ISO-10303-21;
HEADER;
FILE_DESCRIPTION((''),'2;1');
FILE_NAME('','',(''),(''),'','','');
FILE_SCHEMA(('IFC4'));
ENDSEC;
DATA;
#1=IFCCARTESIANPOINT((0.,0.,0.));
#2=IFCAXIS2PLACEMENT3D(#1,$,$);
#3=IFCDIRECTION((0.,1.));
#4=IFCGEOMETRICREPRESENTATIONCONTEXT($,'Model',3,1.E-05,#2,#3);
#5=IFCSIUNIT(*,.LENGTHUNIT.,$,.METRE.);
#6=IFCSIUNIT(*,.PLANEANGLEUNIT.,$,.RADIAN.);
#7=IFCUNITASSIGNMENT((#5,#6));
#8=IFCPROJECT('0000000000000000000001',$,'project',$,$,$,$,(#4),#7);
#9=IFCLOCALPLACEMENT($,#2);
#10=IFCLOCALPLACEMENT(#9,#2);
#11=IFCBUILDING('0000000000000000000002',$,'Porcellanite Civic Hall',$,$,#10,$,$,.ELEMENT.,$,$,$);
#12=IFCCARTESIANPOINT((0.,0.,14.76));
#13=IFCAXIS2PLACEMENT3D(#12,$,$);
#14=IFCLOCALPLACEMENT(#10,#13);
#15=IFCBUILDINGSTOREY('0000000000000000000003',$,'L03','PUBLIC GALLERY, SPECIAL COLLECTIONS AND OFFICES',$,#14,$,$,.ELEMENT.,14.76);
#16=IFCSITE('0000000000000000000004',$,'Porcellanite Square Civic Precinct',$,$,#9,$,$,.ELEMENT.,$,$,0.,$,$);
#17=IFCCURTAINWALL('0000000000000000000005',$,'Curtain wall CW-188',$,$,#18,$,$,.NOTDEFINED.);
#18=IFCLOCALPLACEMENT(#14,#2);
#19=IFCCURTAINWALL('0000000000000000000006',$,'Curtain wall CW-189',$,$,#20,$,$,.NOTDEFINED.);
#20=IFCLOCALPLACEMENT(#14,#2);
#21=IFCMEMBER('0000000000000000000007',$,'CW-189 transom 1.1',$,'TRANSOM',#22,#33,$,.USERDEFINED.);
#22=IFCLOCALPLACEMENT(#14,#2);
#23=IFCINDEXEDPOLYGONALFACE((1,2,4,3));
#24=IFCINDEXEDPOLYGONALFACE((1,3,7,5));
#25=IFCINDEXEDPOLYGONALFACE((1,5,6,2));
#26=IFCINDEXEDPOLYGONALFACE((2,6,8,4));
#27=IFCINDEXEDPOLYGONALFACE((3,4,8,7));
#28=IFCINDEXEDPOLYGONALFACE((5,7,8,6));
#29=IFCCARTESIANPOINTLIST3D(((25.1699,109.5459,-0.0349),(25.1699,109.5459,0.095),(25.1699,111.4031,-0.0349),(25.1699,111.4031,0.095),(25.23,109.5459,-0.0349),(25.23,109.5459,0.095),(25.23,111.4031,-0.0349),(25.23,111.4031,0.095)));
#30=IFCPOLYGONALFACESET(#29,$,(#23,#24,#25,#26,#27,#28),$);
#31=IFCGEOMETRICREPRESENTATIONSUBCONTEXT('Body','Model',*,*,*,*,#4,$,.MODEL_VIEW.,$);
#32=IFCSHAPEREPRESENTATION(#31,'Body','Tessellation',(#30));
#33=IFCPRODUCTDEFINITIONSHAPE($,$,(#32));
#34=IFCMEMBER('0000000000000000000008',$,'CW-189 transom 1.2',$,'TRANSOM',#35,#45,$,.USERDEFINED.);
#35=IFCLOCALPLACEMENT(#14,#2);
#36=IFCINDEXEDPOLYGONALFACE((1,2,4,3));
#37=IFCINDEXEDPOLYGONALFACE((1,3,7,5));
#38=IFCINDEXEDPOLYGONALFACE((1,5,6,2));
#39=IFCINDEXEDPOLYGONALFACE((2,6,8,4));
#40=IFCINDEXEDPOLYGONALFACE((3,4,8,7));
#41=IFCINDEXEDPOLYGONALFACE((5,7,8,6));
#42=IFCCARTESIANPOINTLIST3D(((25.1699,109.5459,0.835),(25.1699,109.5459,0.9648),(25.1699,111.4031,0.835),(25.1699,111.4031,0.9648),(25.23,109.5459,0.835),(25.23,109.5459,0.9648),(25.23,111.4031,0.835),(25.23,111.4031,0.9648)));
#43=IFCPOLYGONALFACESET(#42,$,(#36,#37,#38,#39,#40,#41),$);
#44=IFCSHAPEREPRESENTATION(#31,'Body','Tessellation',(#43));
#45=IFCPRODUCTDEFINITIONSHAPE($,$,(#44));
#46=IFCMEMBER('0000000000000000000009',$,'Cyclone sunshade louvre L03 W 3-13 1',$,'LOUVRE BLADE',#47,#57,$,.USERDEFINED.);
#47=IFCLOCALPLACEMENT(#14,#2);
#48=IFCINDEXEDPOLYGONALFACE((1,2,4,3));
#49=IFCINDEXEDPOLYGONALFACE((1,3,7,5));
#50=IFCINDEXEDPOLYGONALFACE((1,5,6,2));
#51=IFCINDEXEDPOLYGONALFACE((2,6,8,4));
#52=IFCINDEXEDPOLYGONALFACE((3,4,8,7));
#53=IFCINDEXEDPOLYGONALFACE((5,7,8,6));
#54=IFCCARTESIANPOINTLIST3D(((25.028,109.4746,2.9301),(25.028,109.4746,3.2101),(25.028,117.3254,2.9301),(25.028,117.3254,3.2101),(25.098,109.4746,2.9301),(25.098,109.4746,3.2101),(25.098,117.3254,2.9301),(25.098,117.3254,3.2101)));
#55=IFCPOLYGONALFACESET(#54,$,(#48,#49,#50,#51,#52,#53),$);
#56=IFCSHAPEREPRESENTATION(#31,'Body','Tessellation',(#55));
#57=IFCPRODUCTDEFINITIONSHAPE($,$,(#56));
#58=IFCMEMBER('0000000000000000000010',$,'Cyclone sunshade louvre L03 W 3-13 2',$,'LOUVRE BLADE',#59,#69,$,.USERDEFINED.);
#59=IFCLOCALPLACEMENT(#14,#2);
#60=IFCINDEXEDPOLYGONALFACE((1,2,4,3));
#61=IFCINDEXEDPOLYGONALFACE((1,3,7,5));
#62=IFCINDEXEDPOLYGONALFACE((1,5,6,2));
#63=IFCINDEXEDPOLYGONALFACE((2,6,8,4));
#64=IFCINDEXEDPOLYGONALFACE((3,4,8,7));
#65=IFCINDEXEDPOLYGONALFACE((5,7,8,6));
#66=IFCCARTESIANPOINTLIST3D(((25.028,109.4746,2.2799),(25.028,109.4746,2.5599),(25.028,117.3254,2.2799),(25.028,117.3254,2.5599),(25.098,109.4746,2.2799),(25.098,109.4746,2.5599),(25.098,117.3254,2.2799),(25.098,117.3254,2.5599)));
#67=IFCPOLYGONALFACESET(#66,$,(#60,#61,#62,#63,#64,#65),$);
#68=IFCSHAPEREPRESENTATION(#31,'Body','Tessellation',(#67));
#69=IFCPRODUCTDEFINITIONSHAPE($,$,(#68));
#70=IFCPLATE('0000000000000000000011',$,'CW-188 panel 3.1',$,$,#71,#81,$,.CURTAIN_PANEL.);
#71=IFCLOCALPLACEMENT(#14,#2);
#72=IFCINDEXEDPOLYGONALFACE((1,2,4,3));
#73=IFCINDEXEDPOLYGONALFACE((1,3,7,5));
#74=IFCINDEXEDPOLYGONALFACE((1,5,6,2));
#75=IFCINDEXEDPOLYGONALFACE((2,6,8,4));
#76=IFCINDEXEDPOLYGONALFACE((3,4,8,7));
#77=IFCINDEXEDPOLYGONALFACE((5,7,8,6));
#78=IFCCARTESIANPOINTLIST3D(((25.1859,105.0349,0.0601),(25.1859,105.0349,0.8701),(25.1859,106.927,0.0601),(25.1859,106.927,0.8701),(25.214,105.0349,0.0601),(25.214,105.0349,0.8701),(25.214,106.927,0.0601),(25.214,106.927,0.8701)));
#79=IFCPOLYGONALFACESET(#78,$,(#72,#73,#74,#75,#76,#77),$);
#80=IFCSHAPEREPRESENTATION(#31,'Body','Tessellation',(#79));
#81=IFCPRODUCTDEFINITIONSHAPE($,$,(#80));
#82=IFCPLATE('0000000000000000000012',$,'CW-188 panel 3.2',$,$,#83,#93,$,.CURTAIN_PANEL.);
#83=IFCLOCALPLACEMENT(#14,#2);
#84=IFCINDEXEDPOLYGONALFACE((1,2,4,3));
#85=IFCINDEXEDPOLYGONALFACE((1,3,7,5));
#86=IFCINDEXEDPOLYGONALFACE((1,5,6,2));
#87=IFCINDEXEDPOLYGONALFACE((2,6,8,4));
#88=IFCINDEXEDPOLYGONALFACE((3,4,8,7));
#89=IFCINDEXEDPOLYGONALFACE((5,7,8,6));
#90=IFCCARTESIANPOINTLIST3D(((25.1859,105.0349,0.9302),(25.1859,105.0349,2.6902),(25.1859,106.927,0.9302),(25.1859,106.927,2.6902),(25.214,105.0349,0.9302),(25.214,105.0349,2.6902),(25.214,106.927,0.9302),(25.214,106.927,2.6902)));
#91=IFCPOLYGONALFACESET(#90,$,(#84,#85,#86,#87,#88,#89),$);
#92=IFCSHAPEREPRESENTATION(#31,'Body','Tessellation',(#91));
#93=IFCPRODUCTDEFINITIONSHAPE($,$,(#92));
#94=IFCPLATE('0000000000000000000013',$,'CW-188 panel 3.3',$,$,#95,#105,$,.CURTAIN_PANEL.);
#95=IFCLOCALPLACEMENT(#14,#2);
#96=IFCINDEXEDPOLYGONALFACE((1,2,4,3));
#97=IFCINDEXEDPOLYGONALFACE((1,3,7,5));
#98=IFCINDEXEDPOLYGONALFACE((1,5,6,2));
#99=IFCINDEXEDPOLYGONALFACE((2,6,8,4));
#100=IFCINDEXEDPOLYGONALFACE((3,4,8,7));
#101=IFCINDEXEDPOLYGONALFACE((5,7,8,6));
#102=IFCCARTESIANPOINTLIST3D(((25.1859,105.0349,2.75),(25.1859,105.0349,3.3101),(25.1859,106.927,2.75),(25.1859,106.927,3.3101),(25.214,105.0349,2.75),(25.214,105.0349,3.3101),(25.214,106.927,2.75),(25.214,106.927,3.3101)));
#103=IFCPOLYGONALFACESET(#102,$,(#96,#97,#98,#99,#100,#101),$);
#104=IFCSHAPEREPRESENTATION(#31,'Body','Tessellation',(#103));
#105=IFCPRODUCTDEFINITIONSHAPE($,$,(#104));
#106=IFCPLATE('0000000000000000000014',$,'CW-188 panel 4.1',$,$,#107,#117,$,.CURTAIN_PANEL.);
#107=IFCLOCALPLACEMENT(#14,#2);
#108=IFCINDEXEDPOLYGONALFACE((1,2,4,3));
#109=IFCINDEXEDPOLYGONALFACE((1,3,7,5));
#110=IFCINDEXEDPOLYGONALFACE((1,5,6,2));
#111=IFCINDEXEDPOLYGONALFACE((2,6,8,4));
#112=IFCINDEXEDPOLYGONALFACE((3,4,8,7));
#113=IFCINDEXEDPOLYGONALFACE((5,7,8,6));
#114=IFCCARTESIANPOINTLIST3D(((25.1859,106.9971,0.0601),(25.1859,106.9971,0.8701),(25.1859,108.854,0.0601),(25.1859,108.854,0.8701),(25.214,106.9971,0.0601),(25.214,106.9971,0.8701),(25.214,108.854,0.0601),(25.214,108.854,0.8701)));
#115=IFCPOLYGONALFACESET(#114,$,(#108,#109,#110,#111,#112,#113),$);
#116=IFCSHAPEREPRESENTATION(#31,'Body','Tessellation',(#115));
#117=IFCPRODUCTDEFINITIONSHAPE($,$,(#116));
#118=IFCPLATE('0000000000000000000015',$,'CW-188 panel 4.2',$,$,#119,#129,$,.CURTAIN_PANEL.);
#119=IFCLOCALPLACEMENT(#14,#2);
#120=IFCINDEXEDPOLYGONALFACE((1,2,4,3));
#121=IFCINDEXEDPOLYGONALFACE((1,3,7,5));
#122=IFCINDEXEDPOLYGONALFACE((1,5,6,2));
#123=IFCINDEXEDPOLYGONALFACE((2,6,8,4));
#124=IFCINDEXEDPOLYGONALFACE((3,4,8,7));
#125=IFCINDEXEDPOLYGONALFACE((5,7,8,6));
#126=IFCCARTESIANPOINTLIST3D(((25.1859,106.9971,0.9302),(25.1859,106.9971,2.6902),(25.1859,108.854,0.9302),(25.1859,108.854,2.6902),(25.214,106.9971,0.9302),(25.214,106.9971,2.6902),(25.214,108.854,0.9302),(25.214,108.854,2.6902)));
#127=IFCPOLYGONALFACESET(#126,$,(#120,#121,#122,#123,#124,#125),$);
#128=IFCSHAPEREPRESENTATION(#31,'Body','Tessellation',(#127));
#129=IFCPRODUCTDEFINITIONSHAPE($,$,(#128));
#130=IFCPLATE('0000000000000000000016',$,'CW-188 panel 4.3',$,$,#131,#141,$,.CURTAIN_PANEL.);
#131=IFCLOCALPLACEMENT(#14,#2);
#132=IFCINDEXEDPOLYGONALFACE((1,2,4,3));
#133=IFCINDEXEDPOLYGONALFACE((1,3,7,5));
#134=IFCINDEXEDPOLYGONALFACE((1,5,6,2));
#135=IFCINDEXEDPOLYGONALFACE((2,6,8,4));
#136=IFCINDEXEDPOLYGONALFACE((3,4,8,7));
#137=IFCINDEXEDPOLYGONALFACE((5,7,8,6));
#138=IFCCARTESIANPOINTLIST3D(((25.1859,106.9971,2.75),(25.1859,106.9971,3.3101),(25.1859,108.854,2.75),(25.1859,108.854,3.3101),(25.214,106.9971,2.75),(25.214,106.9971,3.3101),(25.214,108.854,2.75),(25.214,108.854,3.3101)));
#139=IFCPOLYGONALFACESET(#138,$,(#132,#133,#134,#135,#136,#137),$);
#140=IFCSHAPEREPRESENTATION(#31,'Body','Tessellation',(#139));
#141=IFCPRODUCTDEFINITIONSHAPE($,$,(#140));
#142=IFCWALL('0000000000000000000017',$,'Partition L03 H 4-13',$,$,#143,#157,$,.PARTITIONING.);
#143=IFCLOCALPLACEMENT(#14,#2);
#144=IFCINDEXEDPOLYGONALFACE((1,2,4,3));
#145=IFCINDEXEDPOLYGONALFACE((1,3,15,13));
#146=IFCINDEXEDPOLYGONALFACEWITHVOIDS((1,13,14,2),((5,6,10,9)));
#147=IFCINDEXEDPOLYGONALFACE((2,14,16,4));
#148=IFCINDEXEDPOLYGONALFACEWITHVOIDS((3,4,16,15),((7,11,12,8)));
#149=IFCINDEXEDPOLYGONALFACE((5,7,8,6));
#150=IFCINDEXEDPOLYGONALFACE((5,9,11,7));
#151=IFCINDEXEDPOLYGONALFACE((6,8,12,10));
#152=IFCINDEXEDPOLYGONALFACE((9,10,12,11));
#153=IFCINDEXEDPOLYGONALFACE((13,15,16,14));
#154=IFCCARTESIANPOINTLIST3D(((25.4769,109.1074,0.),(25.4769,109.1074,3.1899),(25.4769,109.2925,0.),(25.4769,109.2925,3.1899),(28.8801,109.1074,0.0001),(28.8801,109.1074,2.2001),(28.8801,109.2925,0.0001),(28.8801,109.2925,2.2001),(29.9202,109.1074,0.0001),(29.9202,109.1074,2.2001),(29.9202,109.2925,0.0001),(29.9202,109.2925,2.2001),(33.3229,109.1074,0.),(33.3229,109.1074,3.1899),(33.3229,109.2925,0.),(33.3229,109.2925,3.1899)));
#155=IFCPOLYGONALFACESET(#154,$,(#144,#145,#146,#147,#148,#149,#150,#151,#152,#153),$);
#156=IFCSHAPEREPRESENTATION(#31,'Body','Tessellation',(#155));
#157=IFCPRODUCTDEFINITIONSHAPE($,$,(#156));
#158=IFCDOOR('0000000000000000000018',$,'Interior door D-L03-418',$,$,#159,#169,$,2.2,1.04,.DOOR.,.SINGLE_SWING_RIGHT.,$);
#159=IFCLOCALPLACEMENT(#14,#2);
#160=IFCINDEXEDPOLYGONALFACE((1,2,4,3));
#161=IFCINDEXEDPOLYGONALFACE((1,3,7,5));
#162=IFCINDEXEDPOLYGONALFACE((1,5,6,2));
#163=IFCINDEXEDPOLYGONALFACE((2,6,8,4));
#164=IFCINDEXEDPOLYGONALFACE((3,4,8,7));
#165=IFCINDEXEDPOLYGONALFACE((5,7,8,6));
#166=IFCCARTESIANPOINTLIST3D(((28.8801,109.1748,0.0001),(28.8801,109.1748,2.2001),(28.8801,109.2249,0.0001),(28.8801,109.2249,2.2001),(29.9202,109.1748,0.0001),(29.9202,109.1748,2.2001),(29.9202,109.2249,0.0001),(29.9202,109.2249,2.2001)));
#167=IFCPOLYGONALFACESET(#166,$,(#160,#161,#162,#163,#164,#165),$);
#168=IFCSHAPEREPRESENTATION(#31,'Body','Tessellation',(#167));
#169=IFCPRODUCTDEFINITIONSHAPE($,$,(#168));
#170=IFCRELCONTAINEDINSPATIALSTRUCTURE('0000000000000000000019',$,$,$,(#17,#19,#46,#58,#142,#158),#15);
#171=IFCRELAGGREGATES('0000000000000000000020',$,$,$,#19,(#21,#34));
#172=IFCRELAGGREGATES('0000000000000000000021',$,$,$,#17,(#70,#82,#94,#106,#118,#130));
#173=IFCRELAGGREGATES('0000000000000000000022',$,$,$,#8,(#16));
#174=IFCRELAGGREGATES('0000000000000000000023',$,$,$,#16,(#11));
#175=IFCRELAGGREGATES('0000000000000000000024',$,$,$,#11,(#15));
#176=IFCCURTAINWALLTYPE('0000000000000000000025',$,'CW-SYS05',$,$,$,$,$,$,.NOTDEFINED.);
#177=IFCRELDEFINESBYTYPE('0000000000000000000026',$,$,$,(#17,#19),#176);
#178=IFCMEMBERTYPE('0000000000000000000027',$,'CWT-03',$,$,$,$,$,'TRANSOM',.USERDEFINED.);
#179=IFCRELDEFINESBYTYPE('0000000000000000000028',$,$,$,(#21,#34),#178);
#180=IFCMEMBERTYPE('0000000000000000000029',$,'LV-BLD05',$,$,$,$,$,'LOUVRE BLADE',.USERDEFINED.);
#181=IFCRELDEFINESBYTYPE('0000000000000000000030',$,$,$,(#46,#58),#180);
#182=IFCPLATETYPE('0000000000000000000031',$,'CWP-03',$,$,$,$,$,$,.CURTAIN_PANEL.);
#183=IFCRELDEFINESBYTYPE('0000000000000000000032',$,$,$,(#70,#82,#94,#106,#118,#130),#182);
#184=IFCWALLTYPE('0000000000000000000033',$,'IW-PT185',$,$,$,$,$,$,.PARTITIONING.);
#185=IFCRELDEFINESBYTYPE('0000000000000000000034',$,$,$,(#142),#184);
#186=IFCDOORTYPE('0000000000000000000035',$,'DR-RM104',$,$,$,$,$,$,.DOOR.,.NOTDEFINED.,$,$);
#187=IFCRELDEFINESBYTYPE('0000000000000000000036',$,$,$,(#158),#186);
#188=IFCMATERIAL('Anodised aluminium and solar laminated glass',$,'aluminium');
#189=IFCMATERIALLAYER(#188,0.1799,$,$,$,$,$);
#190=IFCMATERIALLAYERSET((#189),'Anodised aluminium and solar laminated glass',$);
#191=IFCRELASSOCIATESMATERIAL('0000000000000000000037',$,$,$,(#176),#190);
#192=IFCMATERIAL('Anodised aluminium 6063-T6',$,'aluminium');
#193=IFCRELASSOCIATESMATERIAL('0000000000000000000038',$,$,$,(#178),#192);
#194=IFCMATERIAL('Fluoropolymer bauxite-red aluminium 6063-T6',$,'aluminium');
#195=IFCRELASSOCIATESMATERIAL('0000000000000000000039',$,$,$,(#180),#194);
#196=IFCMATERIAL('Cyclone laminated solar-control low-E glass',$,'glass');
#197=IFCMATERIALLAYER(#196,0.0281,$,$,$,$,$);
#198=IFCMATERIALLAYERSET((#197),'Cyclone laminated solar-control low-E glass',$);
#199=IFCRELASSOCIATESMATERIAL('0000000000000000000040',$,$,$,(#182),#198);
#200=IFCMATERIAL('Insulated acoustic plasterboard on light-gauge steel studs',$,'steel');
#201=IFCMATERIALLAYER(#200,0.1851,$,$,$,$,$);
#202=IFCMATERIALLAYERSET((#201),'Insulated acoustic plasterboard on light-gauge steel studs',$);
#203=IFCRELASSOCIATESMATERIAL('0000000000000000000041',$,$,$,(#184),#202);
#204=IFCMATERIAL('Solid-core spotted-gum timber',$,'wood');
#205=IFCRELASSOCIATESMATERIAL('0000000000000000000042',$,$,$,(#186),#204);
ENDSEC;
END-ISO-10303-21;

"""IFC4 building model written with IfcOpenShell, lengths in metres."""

from ifc_helpers import new_model, si_unit, direction, frame, frame_2d, origin, origin_2d, place, context, subcontext, project, spatial, rectangle, extrude, material, layer, layer_set, material_profile, profile_set, type_object, element, fill, aggregate, save


model = new_model("IFC4")

# Units and contexts
model_context = context("Model", 3, precision=1e-05, world=origin(), true_north=direction((0.0, 1.0)))
body_context = subcontext(model_context, "Body", "Model", "MODEL_VIEW")
ifc_project = project(units=[si_unit("LENGTHUNIT", "METRE"), si_unit("PLANEANGLEUNIT", "RADIAN")], contexts=[model_context])

# Site, building, storey
site_placement = place(None, origin())
site = spatial("IfcSite", under=ifc_project, at=site_placement, Name="Porcellanite Square Civic Precinct", CompositionType="ELEMENT", RefElevation=0.0)
building_placement = place(site_placement, origin())
building = spatial("IfcBuilding", under=site, at=building_placement, Name="Porcellanite Civic Hall", CompositionType="ELEMENT")
storey_placement = place(building_placement, frame((0.0, 0.0, 14.76)))
storey = spatial("IfcBuildingStorey", under=building, at=storey_placement, Name="L03", Description="PUBLIC GALLERY, SPECIAL COLLECTIONS AND OFFICES", CompositionType="ELEMENT", Elevation=14.76)

# Curtain wall
ifc_material_1 = material(Name="Anodised aluminium and solar laminated glass", Category="aluminium")
ifc_layer_1 = layer(ifc_material_1, 0.1799)
ifc_layer_set_1 = layer_set([ifc_layer_1], Name="Anodised aluminium and solar laminated glass")
curtain_wall_type = type_object("IfcCurtainWallType", Name="CW-SYS05", PredefinedType="NOTDEFINED", material=ifc_layer_set_1)
curtain_wall_1_placement = place(storey_placement, origin())
curtain_wall_1 = element("IfcCurtainWall", 1, at=curtain_wall_1_placement, inside=storey, type_object=curtain_wall_type, Name="Curtain wall CW-188", PredefinedType="NOTDEFINED")

# Curtain wall
curtain_wall_2_placement = place(storey_placement, origin())
curtain_wall_2 = element("IfcCurtainWall", 2, at=curtain_wall_2_placement, inside=storey, type_object=curtain_wall_type, Name="Curtain wall CW-189", PredefinedType="NOTDEFINED")

# Members
ifc_material_2 = material(Name="Anodised aluminium 6063-T6", Category="aluminium")
ifc_material_profile_1 = material_profile(ifc_material_2, rectangle(XDim=0.0601, YDim=0.1299, at=origin_2d()), Name="AL-60x130")
ifc_profile_set_1 = profile_set([ifc_material_profile_1], Name="Anodised aluminium 6063-T6")
member_type_1 = type_object("IfcMemberType", Name="CWT-03", ElementType="TRANSOM", PredefinedType="USERDEFINED", material=ifc_profile_set_1)
member_1_placement = place(storey_placement, frame((25.2, 109.5459, 0.03), z_axis=(0.0, 1.0, 0.0), x_axis=(-1.0, 0.0, 0.0)))
member_1 = element("IfcMember", 3, at=member_1_placement, type_object=member_type_1, Name="CW-189 transom 1.1", ObjectType="TRANSOM", PredefinedType="USERDEFINED", context=body_context, shape_type="SweptSolid", body=[
    extrude(rectangle(XDim=0.0601, YDim=0.1299, at=origin_2d()), origin(), (0.0, 0.0, 1.0), 1.8572),
])
member_2_placement = place(storey_placement, frame((25.2, 109.5459, 0.8999), z_axis=(0.0, 1.0, 0.0), x_axis=(-1.0, 0.0, 0.0)))
member_2 = element("IfcMember", 4, at=member_2_placement, type_object=member_type_1, Name="CW-189 transom 1.2", ObjectType="TRANSOM", PredefinedType="USERDEFINED", context=body_context, shape_type="SweptSolid", body=[
    extrude(rectangle(XDim=0.0601, YDim=0.1299, at=origin_2d()), origin(), (0.0, 0.0, 1.0), 1.8572),
])
aggregate(curtain_wall_2, [member_1, member_2])

# Members
ifc_material_3 = material(Name="Fluoropolymer bauxite-red aluminium 6063-T6", Category="aluminium")
ifc_material_profile_2 = material_profile(ifc_material_3, rectangle(XDim=0.0701, YDim=0.28, at=origin_2d()), Name="AL-70x280")
ifc_profile_set_2 = profile_set([ifc_material_profile_2], Name="Fluoropolymer bauxite-red aluminium 6063-T6")
member_type_2 = type_object("IfcMemberType", Name="LV-BLD05", ElementType="LOUVRE BLADE", PredefinedType="USERDEFINED", material=ifc_profile_set_2)
for number, where, z_axis, x_axis, name in (
    (5, (25.063, 109.4746, 3.0701), (0.0, 1.0, 0.0), (-1.0, 0.0, 0.0), "Cyclone sunshade louvre L03 W 3-13 1"),
    (6, (25.063, 109.4746, 2.4199), (0.0, 1.0, 0.0), (-1.0, 0.0, 0.0), "Cyclone sunshade louvre L03 W 3-13 2"),
):
    element("IfcMember", number, at=place(storey_placement, frame(where, z_axis=z_axis, x_axis=x_axis)), inside=storey, type_object=member_type_2, Name=name, ObjectType="LOUVRE BLADE", PredefinedType="USERDEFINED", context=body_context, shape_type="SweptSolid", body=[
        extrude(rectangle(XDim=0.0701, YDim=0.28, at=origin_2d()), origin(), (0.0, 0.0, 1.0), 7.8508),
    ])

# Plates
ifc_material_4 = material(Name="Cyclone laminated solar-control low-E glass", Category="glass")
ifc_layer_2 = layer(ifc_material_4, 0.0281)
ifc_layer_set_2 = layer_set([ifc_layer_2], Name="Cyclone laminated solar-control low-E glass")
plate_type = type_object("IfcPlateType", Name="CWP-03", PredefinedType="CURTAIN_PANEL", material=ifc_layer_set_2)
plate_1_placement = place(storey_placement, frame((25.2, 105.981, 0.0601), z_axis=(0.0, 0.0, 1.0), x_axis=(0.0, 1.0, 0.0)))
plate_1 = element("IfcPlate", 7, at=plate_1_placement, type_object=plate_type, Name="CW-188 panel 3.1", PredefinedType="CURTAIN_PANEL", context=body_context, shape_type="SweptSolid", body=[
    extrude(rectangle(XDim=1.8921, YDim=0.0281, at=origin_2d()), origin(), (0.0, 0.0, 1.0), 0.8101),
])
plate_2_placement = place(storey_placement, frame((25.2, 105.981, 0.9302), z_axis=(0.0, 0.0, 1.0), x_axis=(0.0, 1.0, 0.0)))
plate_2 = element("IfcPlate", 8, at=plate_2_placement, type_object=plate_type, Name="CW-188 panel 3.2", PredefinedType="CURTAIN_PANEL", context=body_context, shape_type="SweptSolid", body=[
    extrude(rectangle(XDim=1.8921, YDim=0.0281, at=origin_2d()), origin(), (0.0, 0.0, 1.0), 1.76),
])
plate_3_placement = place(storey_placement, frame((25.2, 105.981, 2.75), z_axis=(0.0, 0.0, 1.0), x_axis=(0.0, 1.0, 0.0)))
plate_3 = element("IfcPlate", 9, at=plate_3_placement, type_object=plate_type, Name="CW-188 panel 3.3", PredefinedType="CURTAIN_PANEL", context=body_context, shape_type="SweptSolid", body=[
    extrude(rectangle(XDim=1.8921, YDim=0.0281, at=origin_2d()), origin(), (0.0, 0.0, 1.0), 0.5601),
])
plate_4_placement = place(storey_placement, frame((25.2, 107.9255, 0.0601), z_axis=(0.0, 0.0, 1.0), x_axis=(0.0, 1.0, 0.0)))
plate_4 = element("IfcPlate", 10, at=plate_4_placement, type_object=plate_type, Name="CW-188 panel 4.1", PredefinedType="CURTAIN_PANEL", context=body_context, shape_type="SweptSolid", body=[
    extrude(rectangle(XDim=1.8569, YDim=0.0281, at=origin_2d()), origin(), (0.0, 0.0, 1.0), 0.8101),
])
plate_5_placement = place(storey_placement, frame((25.2, 107.9255, 0.9302), z_axis=(0.0, 0.0, 1.0), x_axis=(0.0, 1.0, 0.0)))
plate_5 = element("IfcPlate", 11, at=plate_5_placement, type_object=plate_type, Name="CW-188 panel 4.2", PredefinedType="CURTAIN_PANEL", context=body_context, shape_type="SweptSolid", body=[
    extrude(rectangle(XDim=1.8569, YDim=0.0281, at=origin_2d()), origin(), (0.0, 0.0, 1.0), 1.76),
])
plate_6_placement = place(storey_placement, frame((25.2, 107.9255, 2.75), z_axis=(0.0, 0.0, 1.0), x_axis=(0.0, 1.0, 0.0)))
plate_6 = element("IfcPlate", 12, at=plate_6_placement, type_object=plate_type, Name="CW-188 panel 4.3", PredefinedType="CURTAIN_PANEL", context=body_context, shape_type="SweptSolid", body=[
    extrude(rectangle(XDim=1.8569, YDim=0.0281, at=origin_2d()), origin(), (0.0, 0.0, 1.0), 0.5601),
])
aggregate(curtain_wall_1, [plate_1, plate_2, plate_3, plate_4, plate_5, plate_6])

# Wall, opening, door
ifc_material_5 = material(Name="Insulated acoustic plasterboard on light-gauge steel studs", Category="steel")
ifc_layer_3 = layer(ifc_material_5, 0.1851)
ifc_layer_set_3 = layer_set([ifc_layer_3], Name="Insulated acoustic plasterboard on light-gauge steel studs")
wall_type = type_object("IfcWallType", Name="IW-PT185", PredefinedType="PARTITIONING", material=ifc_layer_set_3)
wall_placement = place(storey_placement, frame((25.4771, 109.2, 0.0), z_axis=(0.0, 0.0, 1.0), x_axis=(1.0, 0.0, 0.0)))
wall = element("IfcWall", 13, at=wall_placement, inside=storey, type_object=wall_type, Name="Partition L03 H 4-13", PredefinedType="PARTITIONING", context=body_context, shape_type="SweptSolid", body=[
    extrude(rectangle(XDim=7.8459, YDim=0.1851, at=frame_2d((3.9229, 0.0))), origin(), (0.0, 0.0, 1.0), 3.1899),
])
opening_placement = place(wall_placement, frame((3.4031, 0.0, 0.0)))
opening = element("IfcOpeningElement", 14, at=opening_placement, cuts=wall, PredefinedType="OPENING", context=body_context, shape_type="SweptSolid", body=[
    extrude(rectangle(XDim=1.04, YDim=2.2, at=frame_2d((0.52, 1.1001))), frame((0.0, 0.0925, 0.0), z_axis=(0.0, -1.0, 0.0), x_axis=(1.0, 0.0, 0.0)), (0.0, 0.0, 1.0), 0.1851),
])
ifc_material_6 = material(Name="Solid-core spotted-gum timber", Category="wood")
door_type = type_object("IfcDoorType", Name="DR-RM104", OperationType="NOTDEFINED", PredefinedType="DOOR", material=ifc_material_6)
door_placement = place(opening_placement, origin())
door = element("IfcDoor", 15, at=door_placement, inside=storey, type_object=door_type, Name="Interior door D-L03-418", OperationType="SINGLE_SWING_RIGHT", OverallHeight=2.2, OverallWidth=1.04, PredefinedType="DOOR", context=body_context, shape_type="SweptSolid", body=[
    extrude(rectangle(XDim=1.04, YDim=2.2, at=frame_2d((0.52, 1.1001))), frame((0.0, 0.0249, 0.0), z_axis=(0.0, -1.0, 0.0), x_axis=(1.0, 0.0, 0.0)), (0.0, 0.0, 1.0), 0.05),
])
fill(opening, door)

save(model, "model.ifc")
